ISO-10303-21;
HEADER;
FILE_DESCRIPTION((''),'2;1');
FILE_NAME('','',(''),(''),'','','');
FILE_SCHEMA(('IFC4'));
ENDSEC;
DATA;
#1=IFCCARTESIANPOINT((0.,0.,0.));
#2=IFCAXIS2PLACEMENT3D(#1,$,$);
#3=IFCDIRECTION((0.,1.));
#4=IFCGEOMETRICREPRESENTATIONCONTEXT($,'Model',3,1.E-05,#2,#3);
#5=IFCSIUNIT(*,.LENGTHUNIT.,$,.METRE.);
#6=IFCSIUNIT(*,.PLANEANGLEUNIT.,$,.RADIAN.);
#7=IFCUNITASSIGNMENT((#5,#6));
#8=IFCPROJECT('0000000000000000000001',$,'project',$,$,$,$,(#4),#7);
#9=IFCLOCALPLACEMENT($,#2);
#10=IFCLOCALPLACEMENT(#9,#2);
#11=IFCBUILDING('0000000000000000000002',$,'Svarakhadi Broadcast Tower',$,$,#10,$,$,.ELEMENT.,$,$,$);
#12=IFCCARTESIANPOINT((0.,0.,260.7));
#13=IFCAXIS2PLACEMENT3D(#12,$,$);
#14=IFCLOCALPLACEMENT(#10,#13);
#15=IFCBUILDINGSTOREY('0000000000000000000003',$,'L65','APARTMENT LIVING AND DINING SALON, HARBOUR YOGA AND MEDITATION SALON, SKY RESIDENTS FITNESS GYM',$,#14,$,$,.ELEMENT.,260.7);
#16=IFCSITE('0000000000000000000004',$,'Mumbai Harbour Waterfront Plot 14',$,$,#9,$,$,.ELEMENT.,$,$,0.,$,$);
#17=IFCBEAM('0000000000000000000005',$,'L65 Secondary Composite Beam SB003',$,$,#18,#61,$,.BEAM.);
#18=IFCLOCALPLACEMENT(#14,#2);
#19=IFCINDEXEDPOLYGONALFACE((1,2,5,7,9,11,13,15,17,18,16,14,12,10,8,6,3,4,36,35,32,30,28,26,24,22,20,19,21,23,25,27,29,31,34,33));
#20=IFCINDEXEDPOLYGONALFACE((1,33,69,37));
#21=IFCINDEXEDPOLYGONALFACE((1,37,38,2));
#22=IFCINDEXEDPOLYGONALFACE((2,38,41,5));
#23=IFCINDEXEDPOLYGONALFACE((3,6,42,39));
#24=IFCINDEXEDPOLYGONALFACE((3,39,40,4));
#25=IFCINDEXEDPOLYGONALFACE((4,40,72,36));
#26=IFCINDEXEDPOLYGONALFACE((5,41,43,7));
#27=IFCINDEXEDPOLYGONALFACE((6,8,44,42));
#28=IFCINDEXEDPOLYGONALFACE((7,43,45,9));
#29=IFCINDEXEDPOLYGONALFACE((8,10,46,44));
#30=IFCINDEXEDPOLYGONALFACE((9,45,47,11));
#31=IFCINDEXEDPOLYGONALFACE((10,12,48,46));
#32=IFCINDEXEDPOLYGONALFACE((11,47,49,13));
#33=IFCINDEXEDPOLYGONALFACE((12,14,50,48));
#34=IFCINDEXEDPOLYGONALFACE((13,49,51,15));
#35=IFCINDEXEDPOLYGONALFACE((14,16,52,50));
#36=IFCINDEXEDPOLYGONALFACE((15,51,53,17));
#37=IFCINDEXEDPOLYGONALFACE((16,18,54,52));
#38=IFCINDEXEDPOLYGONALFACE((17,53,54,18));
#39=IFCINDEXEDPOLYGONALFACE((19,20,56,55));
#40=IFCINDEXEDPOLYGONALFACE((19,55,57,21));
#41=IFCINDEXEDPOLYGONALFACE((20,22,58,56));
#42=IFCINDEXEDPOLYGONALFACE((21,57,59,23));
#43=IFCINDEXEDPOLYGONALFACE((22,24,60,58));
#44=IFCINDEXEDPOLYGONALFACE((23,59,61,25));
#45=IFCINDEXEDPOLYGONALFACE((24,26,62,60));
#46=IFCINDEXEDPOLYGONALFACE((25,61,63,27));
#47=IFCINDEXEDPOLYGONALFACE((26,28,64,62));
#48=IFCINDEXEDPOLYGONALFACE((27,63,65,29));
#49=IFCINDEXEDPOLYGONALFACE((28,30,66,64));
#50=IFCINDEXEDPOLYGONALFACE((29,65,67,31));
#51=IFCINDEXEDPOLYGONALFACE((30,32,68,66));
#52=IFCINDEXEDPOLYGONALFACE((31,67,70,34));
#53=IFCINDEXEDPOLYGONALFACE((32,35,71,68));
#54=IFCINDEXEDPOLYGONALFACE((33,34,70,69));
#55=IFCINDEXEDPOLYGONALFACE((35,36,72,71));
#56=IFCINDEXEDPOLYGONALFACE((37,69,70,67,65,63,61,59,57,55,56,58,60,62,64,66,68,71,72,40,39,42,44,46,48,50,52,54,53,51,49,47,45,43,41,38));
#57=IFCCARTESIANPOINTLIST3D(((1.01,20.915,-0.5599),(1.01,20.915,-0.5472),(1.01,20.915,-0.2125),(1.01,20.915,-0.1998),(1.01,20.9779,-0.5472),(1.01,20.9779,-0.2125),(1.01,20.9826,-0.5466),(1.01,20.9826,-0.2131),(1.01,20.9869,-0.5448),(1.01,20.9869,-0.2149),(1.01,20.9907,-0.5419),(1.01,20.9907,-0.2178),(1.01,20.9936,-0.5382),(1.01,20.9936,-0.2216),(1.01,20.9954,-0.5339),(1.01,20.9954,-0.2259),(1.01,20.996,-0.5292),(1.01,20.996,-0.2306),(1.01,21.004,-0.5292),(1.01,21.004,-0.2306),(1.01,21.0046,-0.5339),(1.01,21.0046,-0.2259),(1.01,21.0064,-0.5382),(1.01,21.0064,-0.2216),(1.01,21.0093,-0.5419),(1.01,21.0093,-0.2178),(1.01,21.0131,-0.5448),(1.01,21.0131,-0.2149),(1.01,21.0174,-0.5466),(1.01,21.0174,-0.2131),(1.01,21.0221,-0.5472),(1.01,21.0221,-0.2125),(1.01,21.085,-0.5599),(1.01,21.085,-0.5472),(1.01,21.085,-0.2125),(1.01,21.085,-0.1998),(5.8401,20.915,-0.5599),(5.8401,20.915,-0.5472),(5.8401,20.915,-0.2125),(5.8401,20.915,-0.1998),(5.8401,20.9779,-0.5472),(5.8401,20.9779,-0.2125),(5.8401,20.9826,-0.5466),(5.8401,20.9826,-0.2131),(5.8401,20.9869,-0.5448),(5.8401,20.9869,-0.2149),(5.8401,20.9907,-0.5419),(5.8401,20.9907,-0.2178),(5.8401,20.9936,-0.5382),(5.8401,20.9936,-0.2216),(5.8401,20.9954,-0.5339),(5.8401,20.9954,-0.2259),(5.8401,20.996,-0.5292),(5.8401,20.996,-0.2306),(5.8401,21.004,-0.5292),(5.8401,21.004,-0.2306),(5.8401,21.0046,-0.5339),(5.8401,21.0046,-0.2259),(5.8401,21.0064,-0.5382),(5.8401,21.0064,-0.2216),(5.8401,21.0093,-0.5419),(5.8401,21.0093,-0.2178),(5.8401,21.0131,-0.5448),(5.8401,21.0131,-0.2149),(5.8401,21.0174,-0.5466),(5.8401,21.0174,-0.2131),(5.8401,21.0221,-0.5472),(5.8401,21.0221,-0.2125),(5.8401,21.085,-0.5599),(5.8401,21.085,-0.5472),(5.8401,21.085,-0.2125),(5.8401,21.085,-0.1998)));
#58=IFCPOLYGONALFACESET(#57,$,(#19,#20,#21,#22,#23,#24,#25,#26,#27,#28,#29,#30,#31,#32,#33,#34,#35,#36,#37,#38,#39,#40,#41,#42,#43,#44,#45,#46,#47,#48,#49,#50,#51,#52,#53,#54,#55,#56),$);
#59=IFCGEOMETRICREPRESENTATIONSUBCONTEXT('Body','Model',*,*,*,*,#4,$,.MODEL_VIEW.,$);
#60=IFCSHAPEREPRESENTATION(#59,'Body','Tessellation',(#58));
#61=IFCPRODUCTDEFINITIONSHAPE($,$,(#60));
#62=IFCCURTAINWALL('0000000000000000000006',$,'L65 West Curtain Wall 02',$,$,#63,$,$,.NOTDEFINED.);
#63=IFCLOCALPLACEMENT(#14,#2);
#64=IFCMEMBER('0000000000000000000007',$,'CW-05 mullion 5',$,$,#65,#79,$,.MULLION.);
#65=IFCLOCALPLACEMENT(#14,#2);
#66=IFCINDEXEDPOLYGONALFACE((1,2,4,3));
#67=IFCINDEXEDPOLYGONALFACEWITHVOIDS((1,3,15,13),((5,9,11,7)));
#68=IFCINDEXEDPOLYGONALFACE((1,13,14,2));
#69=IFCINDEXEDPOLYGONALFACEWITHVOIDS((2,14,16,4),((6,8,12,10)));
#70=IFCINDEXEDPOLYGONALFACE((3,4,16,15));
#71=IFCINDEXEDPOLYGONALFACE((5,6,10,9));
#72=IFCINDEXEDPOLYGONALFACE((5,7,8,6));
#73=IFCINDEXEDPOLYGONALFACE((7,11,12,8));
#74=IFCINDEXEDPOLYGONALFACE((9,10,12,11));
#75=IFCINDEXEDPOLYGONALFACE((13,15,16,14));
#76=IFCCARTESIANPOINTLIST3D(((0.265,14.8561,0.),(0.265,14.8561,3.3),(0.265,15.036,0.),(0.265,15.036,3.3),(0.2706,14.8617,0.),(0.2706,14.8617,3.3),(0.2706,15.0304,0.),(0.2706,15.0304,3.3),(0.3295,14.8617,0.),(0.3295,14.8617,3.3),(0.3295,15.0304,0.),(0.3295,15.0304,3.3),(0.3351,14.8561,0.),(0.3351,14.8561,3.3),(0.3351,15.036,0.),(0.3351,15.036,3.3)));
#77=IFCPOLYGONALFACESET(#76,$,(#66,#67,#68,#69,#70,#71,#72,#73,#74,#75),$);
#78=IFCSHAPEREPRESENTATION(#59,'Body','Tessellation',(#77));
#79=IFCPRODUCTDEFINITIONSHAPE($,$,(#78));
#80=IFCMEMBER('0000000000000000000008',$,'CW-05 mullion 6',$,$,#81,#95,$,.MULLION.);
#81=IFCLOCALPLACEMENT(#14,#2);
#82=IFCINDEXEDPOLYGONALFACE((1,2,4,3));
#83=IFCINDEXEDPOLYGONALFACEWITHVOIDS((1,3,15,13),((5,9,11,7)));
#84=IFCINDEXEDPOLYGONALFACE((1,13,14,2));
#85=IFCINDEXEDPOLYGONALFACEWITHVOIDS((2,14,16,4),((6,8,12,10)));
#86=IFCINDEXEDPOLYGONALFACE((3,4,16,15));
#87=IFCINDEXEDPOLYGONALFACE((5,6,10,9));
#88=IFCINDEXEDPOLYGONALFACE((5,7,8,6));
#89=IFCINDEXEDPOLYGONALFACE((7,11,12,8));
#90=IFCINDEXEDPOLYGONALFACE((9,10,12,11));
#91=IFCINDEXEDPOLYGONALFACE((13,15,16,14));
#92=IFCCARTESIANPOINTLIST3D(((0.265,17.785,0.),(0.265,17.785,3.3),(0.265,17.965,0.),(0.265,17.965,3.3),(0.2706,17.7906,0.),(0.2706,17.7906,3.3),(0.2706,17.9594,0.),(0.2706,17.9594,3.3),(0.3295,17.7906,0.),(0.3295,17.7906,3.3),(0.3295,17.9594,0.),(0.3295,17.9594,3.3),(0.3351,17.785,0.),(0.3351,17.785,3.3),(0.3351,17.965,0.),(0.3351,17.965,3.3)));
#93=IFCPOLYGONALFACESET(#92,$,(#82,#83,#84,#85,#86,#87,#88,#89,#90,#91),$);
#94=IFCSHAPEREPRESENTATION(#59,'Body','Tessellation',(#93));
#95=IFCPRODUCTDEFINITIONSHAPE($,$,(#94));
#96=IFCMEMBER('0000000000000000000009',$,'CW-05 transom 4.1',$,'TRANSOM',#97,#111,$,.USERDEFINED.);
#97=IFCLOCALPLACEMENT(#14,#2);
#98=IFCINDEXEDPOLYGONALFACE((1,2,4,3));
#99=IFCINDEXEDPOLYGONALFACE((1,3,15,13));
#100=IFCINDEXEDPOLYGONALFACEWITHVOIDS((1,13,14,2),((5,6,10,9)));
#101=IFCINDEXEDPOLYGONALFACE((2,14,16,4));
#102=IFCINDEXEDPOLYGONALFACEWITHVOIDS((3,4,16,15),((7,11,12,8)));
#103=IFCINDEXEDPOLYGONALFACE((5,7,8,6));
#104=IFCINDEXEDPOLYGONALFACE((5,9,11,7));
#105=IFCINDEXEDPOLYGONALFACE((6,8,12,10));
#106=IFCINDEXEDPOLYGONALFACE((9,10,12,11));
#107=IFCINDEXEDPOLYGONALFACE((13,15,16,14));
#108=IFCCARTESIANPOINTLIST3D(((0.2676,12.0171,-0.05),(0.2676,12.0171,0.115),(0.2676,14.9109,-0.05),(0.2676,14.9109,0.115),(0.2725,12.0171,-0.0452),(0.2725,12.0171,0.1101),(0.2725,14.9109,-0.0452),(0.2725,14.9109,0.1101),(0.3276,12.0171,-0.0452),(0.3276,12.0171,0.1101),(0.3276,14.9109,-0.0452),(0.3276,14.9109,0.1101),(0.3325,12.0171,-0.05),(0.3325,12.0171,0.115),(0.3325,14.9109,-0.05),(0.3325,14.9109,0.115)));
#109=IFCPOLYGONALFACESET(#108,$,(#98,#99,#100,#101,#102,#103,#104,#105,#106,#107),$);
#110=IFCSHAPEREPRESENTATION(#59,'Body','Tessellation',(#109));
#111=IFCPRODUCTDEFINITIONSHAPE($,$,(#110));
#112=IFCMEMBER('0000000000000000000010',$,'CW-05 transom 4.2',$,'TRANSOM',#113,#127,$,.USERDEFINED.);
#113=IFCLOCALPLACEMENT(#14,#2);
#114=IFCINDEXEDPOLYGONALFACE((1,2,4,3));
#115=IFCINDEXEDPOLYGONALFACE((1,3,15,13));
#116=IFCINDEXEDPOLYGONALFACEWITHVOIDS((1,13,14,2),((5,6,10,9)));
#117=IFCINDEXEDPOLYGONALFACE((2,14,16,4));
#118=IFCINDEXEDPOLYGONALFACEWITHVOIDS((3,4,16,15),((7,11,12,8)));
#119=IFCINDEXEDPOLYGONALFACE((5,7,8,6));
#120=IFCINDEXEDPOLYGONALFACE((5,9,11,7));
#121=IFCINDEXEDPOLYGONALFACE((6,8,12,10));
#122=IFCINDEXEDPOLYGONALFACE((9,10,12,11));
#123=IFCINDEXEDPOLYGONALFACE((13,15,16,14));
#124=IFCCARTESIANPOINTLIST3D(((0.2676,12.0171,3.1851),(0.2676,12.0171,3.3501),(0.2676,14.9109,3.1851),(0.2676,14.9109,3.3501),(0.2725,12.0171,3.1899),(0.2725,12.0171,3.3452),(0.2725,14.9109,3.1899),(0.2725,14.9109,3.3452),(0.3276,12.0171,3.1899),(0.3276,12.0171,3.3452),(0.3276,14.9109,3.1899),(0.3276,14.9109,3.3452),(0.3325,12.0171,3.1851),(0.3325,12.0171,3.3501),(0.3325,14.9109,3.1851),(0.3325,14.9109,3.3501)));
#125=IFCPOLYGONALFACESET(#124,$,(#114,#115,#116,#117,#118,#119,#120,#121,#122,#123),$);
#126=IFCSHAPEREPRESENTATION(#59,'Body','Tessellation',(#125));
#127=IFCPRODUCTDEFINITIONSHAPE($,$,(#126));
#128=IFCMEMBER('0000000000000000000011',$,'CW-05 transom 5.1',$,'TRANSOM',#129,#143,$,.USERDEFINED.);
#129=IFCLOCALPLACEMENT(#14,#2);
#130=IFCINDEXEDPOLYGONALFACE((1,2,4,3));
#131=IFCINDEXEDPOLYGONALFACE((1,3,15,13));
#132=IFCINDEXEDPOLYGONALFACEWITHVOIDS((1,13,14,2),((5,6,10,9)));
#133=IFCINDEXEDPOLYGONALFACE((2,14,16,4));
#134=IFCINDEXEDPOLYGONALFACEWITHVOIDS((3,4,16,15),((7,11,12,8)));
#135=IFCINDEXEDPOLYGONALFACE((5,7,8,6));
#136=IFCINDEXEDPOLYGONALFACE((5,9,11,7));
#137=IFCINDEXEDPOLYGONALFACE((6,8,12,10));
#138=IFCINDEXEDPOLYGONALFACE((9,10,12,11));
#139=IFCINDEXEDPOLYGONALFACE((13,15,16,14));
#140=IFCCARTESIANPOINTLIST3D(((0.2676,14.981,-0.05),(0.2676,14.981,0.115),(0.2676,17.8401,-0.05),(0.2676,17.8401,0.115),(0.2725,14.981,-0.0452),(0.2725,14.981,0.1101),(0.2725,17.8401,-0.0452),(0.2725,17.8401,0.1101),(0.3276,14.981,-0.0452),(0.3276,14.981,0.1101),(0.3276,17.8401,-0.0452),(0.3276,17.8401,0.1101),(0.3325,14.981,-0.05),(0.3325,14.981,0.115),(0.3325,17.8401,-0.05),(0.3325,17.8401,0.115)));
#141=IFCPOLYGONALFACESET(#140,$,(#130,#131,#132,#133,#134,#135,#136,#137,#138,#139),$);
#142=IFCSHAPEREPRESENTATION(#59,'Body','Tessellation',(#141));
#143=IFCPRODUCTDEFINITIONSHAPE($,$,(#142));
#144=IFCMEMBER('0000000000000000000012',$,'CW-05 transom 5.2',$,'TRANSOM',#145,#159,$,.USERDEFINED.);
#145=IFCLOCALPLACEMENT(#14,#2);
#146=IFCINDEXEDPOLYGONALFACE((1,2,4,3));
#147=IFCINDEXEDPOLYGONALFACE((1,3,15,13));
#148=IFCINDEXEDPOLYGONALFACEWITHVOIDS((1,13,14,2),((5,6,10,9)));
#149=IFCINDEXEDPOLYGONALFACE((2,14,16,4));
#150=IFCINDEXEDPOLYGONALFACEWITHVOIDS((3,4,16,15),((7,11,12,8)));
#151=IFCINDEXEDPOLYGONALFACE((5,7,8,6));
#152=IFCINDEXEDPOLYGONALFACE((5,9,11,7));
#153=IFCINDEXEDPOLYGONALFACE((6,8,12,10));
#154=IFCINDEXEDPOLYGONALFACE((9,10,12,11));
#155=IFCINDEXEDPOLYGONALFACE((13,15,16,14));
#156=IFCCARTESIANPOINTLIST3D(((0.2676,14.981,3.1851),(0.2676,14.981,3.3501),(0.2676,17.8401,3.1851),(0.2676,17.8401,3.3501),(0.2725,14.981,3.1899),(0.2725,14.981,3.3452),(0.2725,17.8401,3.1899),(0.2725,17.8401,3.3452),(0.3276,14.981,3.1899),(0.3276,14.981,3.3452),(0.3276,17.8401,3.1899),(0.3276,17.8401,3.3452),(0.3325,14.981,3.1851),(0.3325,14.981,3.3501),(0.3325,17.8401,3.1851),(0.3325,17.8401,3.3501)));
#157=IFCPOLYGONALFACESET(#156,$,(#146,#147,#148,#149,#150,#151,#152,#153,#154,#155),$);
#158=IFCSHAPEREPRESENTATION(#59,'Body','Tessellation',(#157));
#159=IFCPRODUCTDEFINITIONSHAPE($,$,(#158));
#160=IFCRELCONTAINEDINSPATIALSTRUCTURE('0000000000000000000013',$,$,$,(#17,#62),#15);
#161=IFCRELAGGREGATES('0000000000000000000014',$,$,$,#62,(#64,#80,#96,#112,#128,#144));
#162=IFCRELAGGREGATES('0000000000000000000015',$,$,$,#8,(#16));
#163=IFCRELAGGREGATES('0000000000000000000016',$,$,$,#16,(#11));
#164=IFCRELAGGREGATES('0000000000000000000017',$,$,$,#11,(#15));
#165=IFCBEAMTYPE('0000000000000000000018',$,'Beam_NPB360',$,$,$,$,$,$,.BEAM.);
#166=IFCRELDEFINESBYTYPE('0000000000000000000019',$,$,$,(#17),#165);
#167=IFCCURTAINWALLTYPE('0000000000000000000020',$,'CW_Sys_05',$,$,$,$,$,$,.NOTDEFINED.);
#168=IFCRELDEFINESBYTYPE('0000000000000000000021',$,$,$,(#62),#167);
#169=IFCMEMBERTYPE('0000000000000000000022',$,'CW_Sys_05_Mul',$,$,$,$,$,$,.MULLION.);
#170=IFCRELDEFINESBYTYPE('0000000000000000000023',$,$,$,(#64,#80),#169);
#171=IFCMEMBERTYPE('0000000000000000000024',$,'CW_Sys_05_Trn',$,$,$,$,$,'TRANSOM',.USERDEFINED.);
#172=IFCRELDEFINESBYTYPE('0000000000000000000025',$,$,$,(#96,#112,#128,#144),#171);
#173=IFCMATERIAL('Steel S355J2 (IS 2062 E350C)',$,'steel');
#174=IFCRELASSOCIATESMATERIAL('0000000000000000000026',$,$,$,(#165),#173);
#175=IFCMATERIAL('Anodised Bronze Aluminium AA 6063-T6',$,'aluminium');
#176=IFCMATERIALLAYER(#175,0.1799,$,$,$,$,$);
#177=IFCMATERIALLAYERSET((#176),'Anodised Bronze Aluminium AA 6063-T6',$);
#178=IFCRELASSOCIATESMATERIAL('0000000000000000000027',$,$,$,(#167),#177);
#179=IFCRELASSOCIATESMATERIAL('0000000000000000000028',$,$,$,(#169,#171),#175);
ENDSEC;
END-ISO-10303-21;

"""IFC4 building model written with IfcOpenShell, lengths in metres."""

from ifc_helpers import new_model, si_unit, direction, frame, origin, origin_2d, place, context, subcontext, project, spatial, hollow_rectangle, i_section, extrude, material, layer, layer_set, material_profile, profile_set, type_object, element, aggregate, save


model = new_model("IFC4")

# Units and contexts
model_context = context("Model", 3, precision=1e-05, world=origin(), true_north=direction((0.0, 1.0)))
body_context = subcontext(model_context, "Body", "Model", "MODEL_VIEW")
ifc_project = project(units=[si_unit("LENGTHUNIT", "METRE"), si_unit("PLANEANGLEUNIT", "RADIAN")], contexts=[model_context])

# Site, building, storey
site_placement = place(None, origin())
site = spatial("IfcSite", under=ifc_project, at=site_placement, Name="Mumbai Harbour Waterfront Plot 14", CompositionType="ELEMENT", RefElevation=0.0)
building_placement = place(site_placement, origin())
building = spatial("IfcBuilding", under=site, at=building_placement, Name="Svarakhadi Broadcast Tower", CompositionType="ELEMENT")
storey_placement = place(building_placement, frame((0.0, 0.0, 260.7)))
storey = spatial("IfcBuildingStorey", under=building, at=storey_placement, Name="L65", Description="APARTMENT LIVING AND DINING SALON, HARBOUR YOGA AND MEDITATION SALON, SKY RESIDENTS FITNESS GYM", CompositionType="ELEMENT", Elevation=260.7)

# Beam
ifc_material_1 = material(Name="Steel S355J2 (IS 2062 E350C)", Category="steel")
ifc_material_profile_1 = material_profile(ifc_material_1, i_section(OverallWidth=0.1699, OverallDepth=0.3601, WebThickness=0.0081, FlangeThickness=0.0127, FilletRadius=0.0181, at=origin_2d()), Name="NPB 360x170x57")
ifc_profile_set_1 = profile_set([ifc_material_profile_1], Name="Steel S355J2 (IS 2062 E350C)")
beam_type_1 = type_object("IfcBeamType", Name="Beam_NPB360", PredefinedType="BEAM", material=ifc_profile_set_1)
for number, where, z_axis, x_axis, name in (
    (1, (1.01, 21.0, -0.3799), (1.0, 0.0, 0.0), (0.0, 1.0, 0.0), "L65 Secondary Composite Beam SB003"),
):
    element("IfcBeam", number, at=place(storey_placement, frame(where, z_axis=z_axis, x_axis=x_axis)), inside=storey, type_object=beam_type_1, Name=name, PredefinedType="BEAM", context=body_context, shape_type="SweptSolid", body=[
        extrude(i_section(OverallWidth=0.1699, OverallDepth=0.3601, WebThickness=0.0081, FlangeThickness=0.0127, FilletRadius=0.0181, at=origin_2d()), origin(), (0.0, 0.0, 1.0), 4.8301),
    ])

# Curtain wall, members
ifc_material_2 = material(Name="Anodised Bronze Aluminium AA 6063-T6", Category="aluminium")
ifc_layer_1 = layer(ifc_material_2, 0.1799)
ifc_layer_set_1 = layer_set([ifc_layer_1], Name="Anodised Bronze Aluminium AA 6063-T6")
curtain_wall_type = type_object("IfcCurtainWallType", Name="CW_Sys_05", PredefinedType="NOTDEFINED", material=ifc_layer_set_1)
curtain_wall_placement = place(storey_placement, origin())
curtain_wall = element("IfcCurtainWall", 2, at=curtain_wall_placement, inside=storey, type_object=curtain_wall_type, Name="L65 West Curtain Wall 02", PredefinedType="NOTDEFINED")
ifc_material_profile_2 = material_profile(ifc_material_2, hollow_rectangle(XDim=0.0701, YDim=0.1799, WallThickness=0.0056, at=origin_2d()), Name="ALU MULLION 180x70x6")
ifc_profile_set_2 = profile_set([ifc_material_profile_2], Name="Anodised Bronze Aluminium AA 6063-T6")
member_type_1 = type_object("IfcMemberType", Name="CW_Sys_05_Mul", PredefinedType="MULLION", material=ifc_profile_set_2)
member_1_placement = place(storey_placement, frame((0.3, 14.946, 0.0), z_axis=(0.0, 0.0, 1.0), x_axis=(-1.0, 0.0, 0.0)))
member_1 = element("IfcMember", 3, at=member_1_placement, type_object=member_type_1, Name="CW-05 mullion 5", PredefinedType="MULLION", context=body_context, shape_type="SweptSolid", body=[
    extrude(hollow_rectangle(XDim=0.0701, YDim=0.1799, WallThickness=0.0056, at=origin_2d()), origin(), (0.0, 0.0, 1.0), 3.3),
])
member_2_placement = place(storey_placement, frame((0.3, 17.875, 0.0), z_axis=(0.0, 0.0, 1.0), x_axis=(-1.0, 0.0, 0.0)))
member_2 = element("IfcMember", 4, at=member_2_placement, type_object=member_type_1, Name="CW-05 mullion 6", PredefinedType="MULLION", context=body_context, shape_type="SweptSolid", body=[
    extrude(hollow_rectangle(XDim=0.0701, YDim=0.1799, WallThickness=0.0056, at=origin_2d()), origin(), (0.0, 0.0, 1.0), 3.3),
])
ifc_material_profile_3 = material_profile(ifc_material_2, hollow_rectangle(XDim=0.0649, YDim=0.165, WallThickness=0.0049, at=origin_2d()), Name="ALU TRANSOM 165x65x5")
ifc_profile_set_3 = profile_set([ifc_material_profile_3], Name="Anodised Bronze Aluminium AA 6063-T6")
member_type_2 = type_object("IfcMemberType", Name="CW_Sys_05_Trn", ElementType="TRANSOM", PredefinedType="USERDEFINED", material=ifc_profile_set_3)
member_3_placement = place(storey_placement, frame((0.3, 12.0171, 0.0325), z_axis=(0.0, 1.0, 0.0), x_axis=(-1.0, 0.0, 0.0)))
member_3 = element("IfcMember", 5, at=member_3_placement, type_object=member_type_2, Name="CW-05 transom 4.1", ObjectType="TRANSOM", PredefinedType="USERDEFINED", context=body_context, shape_type="SweptSolid", body=[
    extrude(hollow_rectangle(XDim=0.0649, YDim=0.165, WallThickness=0.0049, at=origin_2d()), origin(), (0.0, 0.0, 1.0), 2.8938),
])
member_4_placement = place(storey_placement, frame((0.3, 12.0171, 3.2676), z_axis=(0.0, 1.0, 0.0), x_axis=(-1.0, 0.0, 0.0)))
member_4 = element("IfcMember", 6, at=member_4_placement, type_object=member_type_2, Name="CW-05 transom 4.2", ObjectType="TRANSOM", PredefinedType="USERDEFINED", context=body_context, shape_type="SweptSolid", body=[
    extrude(hollow_rectangle(XDim=0.0649, YDim=0.165, WallThickness=0.0049, at=origin_2d()), origin(), (0.0, 0.0, 1.0), 2.8938),
])
member_5_placement = place(storey_placement, frame((0.3, 14.981, 0.0325), z_axis=(0.0, 1.0, 0.0), x_axis=(-1.0, 0.0, 0.0)))
member_5 = element("IfcMember", 7, at=member_5_placement, type_object=member_type_2, Name="CW-05 transom 5.1", ObjectType="TRANSOM", PredefinedType="USERDEFINED", context=body_context, shape_type="SweptSolid", body=[
    extrude(hollow_rectangle(XDim=0.0649, YDim=0.165, WallThickness=0.0049, at=origin_2d()), origin(), (0.0, 0.0, 1.0), 2.8591),
])
member_6_placement = place(storey_placement, frame((0.3, 14.981, 3.2676), z_axis=(0.0, 1.0, 0.0), x_axis=(-1.0, 0.0, 0.0)))
member_6 = element("IfcMember", 8, at=member_6_placement, type_object=member_type_2, Name="CW-05 transom 5.2", ObjectType="TRANSOM", PredefinedType="USERDEFINED", context=body_context, shape_type="SweptSolid", body=[
    extrude(hollow_rectangle(XDim=0.0649, YDim=0.165, WallThickness=0.0049, at=origin_2d()), origin(), (0.0, 0.0, 1.0), 2.8591),
])

aggregate(curtain_wall, [member_1, member_2, member_3, member_4, member_5, member_6])

save(model, "model.ifc")
